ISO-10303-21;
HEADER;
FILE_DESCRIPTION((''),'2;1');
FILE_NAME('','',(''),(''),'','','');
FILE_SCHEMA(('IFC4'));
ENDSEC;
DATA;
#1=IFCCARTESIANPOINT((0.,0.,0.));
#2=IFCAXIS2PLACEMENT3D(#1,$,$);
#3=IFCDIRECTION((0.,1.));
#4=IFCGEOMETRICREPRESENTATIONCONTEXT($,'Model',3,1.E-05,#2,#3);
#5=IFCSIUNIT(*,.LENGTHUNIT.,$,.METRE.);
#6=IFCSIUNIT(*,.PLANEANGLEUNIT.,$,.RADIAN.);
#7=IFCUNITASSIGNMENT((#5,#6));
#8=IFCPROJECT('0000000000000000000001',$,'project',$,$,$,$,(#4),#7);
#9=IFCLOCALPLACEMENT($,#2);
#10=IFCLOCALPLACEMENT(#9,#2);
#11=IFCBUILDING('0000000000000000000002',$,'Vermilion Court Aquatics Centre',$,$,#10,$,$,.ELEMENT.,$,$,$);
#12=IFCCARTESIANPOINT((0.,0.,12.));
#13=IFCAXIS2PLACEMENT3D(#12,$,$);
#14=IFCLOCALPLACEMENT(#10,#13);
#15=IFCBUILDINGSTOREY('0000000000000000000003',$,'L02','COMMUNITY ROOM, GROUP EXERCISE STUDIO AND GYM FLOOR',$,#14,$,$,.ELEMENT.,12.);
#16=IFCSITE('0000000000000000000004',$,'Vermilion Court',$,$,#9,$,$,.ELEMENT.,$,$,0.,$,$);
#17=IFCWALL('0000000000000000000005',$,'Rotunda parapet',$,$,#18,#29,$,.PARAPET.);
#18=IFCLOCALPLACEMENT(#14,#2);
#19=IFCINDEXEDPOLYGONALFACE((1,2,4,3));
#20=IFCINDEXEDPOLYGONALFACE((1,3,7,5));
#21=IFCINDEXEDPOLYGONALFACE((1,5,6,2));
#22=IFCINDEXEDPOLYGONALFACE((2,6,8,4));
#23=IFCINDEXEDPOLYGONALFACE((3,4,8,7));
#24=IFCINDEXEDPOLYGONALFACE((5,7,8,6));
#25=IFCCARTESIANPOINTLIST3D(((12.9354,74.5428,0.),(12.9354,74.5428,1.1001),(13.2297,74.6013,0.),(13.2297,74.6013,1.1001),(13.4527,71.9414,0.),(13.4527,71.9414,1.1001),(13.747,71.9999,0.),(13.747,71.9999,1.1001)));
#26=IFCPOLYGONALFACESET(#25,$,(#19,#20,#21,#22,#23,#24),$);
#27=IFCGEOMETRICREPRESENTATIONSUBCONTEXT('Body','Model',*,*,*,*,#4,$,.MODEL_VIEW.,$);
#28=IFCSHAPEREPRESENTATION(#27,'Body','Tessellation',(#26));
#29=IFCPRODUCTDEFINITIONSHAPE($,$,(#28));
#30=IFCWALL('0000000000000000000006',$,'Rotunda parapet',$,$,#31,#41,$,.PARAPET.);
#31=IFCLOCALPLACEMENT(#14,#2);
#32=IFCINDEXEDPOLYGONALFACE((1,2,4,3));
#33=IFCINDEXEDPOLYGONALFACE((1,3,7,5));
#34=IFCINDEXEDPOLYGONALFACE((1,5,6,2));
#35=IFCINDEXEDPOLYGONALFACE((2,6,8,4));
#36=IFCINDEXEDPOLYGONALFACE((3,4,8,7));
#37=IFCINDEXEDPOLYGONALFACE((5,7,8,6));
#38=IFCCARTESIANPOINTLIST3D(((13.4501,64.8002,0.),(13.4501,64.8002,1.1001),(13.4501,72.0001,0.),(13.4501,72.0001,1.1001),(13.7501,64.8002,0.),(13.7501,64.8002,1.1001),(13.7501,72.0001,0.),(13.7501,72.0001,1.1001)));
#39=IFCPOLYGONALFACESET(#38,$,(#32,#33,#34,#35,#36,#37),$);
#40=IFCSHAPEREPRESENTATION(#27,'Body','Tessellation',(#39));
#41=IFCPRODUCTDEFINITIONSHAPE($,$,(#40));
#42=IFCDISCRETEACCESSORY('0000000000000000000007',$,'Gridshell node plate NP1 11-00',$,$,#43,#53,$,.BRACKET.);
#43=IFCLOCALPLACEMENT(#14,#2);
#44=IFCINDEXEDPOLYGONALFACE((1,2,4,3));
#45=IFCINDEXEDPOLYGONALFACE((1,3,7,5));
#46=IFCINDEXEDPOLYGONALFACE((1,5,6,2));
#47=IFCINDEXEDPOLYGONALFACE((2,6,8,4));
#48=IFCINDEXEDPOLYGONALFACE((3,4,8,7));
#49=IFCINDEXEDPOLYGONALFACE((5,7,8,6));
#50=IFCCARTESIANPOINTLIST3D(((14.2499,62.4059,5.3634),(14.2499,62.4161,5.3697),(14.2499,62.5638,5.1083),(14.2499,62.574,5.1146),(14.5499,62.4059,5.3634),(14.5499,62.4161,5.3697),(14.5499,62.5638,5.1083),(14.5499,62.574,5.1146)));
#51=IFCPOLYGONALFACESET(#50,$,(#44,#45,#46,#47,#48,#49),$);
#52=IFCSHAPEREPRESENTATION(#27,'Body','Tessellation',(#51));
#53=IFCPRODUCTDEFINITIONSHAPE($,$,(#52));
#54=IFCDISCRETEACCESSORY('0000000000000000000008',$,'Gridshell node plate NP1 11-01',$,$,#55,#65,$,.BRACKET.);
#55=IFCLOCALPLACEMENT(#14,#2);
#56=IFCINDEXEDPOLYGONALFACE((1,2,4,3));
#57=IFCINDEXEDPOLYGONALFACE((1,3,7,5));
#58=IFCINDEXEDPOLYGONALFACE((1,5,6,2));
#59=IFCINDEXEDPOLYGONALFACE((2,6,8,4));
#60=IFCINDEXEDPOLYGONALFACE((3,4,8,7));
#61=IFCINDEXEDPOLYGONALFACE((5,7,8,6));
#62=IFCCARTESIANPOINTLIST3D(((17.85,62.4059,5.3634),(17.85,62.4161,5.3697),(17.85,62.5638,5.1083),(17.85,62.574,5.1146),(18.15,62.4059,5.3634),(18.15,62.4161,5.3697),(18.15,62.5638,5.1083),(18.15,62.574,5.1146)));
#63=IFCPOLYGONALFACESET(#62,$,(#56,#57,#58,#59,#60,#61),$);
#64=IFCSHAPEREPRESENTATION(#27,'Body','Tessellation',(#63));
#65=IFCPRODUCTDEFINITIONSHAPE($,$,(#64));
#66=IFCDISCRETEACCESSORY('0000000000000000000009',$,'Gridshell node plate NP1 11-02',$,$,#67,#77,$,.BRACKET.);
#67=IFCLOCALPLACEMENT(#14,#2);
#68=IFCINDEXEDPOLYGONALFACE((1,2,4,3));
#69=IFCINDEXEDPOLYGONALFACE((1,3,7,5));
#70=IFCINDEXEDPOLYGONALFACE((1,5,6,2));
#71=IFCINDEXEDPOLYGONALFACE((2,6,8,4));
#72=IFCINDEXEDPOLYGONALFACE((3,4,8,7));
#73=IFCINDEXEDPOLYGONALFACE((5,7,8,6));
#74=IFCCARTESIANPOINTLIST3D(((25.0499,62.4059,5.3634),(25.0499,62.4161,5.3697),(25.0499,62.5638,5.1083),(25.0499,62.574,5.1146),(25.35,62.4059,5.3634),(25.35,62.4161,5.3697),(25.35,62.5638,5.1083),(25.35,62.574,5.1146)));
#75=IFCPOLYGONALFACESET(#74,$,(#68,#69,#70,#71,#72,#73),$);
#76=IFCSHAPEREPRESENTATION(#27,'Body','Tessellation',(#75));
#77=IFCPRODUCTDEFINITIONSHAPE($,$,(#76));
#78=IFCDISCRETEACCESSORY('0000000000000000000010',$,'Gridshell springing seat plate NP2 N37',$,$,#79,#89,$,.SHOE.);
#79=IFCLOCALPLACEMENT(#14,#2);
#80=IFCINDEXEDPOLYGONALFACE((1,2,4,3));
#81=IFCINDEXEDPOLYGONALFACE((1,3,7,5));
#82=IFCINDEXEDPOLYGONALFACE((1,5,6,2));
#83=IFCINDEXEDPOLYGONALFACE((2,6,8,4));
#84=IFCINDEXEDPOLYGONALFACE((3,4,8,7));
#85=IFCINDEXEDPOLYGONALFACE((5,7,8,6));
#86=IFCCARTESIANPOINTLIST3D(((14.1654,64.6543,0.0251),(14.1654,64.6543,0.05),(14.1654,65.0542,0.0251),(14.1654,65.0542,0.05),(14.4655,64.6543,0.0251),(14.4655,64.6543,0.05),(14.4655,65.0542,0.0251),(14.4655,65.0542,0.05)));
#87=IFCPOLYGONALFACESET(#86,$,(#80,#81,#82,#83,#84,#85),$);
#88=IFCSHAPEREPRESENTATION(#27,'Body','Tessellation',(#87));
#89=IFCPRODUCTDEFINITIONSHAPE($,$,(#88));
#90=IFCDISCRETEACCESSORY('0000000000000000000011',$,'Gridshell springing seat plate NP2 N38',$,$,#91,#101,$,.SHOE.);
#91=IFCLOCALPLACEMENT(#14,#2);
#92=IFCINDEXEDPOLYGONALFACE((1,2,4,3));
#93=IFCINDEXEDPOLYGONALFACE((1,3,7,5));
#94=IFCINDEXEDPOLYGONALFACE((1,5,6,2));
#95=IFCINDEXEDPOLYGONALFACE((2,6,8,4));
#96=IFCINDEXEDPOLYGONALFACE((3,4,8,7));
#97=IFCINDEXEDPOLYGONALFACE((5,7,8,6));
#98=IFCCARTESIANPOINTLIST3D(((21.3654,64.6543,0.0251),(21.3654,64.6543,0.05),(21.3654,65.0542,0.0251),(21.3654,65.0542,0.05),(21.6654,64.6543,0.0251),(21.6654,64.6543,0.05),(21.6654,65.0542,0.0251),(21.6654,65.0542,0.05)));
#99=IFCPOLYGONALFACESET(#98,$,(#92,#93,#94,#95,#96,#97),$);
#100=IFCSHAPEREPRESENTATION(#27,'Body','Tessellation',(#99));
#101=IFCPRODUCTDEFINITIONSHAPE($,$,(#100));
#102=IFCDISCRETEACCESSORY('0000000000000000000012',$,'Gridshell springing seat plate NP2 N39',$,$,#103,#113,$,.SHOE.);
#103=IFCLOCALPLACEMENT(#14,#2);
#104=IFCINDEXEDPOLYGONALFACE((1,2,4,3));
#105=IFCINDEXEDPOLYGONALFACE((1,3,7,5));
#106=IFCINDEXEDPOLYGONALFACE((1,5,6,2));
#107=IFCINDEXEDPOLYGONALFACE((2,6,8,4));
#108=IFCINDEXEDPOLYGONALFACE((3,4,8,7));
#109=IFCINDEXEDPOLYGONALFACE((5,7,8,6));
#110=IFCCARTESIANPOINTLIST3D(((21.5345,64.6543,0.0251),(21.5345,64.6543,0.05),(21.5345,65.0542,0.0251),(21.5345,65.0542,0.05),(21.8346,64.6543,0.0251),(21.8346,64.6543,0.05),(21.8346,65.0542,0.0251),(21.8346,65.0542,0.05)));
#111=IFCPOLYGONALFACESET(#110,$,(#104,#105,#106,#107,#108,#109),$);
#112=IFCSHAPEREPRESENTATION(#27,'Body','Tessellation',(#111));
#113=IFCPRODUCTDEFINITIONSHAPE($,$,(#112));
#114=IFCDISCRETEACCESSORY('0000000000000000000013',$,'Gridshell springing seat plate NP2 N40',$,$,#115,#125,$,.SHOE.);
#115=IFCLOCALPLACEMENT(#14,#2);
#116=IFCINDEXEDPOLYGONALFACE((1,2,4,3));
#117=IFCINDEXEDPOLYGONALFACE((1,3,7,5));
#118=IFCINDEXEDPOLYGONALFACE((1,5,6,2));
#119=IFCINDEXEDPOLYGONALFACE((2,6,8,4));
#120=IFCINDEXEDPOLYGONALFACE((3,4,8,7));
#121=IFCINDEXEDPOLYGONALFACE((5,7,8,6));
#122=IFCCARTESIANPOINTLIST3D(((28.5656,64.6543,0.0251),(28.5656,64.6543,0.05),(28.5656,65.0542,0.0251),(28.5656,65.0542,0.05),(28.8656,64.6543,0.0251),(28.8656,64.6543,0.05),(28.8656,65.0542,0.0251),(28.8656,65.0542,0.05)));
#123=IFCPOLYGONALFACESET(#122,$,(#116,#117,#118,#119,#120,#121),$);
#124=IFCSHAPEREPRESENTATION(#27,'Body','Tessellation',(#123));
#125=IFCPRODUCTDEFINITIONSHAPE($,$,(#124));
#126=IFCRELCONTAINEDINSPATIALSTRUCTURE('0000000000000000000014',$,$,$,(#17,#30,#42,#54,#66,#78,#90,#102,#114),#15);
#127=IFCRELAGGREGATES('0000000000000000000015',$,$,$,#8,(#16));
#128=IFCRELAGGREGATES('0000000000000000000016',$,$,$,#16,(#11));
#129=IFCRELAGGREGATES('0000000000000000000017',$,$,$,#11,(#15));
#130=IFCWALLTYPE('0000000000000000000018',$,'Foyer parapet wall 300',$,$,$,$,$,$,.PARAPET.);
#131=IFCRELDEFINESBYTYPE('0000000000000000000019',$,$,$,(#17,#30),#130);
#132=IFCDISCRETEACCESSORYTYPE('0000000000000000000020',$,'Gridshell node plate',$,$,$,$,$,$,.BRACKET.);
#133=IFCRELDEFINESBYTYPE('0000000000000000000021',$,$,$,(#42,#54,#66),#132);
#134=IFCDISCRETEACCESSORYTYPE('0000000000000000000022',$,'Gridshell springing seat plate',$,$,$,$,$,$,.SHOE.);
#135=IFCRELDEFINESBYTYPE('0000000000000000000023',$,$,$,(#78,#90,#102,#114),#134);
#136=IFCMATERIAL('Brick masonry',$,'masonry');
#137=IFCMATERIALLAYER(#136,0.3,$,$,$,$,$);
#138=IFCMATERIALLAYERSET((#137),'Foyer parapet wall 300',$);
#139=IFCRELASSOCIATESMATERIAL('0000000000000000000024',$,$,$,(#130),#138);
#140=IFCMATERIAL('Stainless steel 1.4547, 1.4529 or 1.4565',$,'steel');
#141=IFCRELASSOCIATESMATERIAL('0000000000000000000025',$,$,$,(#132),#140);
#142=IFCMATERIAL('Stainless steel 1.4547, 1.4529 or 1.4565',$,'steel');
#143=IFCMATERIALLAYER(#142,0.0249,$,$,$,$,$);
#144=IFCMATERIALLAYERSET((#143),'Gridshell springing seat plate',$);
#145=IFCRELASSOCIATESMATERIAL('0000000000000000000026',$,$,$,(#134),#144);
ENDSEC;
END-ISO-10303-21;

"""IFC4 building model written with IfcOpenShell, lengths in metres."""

from ifc_helpers import new_model, si_unit, direction, frame, frame_2d, origin, origin_2d, place, context, subcontext, project, spatial, rectangle, extrude, material, layer, layer_set, material_profile, profile_set, type_object, element, save


model = new_model("IFC4")

# Units and contexts
model_context = context("Model", 3, precision=1e-05, world=origin(), true_north=direction((0.0, 1.0)))
body_context = subcontext(model_context, "Body", "Model", "MODEL_VIEW")
ifc_project = project(units=[si_unit("LENGTHUNIT", "METRE"), si_unit("PLANEANGLEUNIT", "RADIAN")], contexts=[model_context])

# Site, building, storey
site_placement = place(None, origin())
site = spatial("IfcSite", under=ifc_project, at=site_placement, Name="Vermilion Court", CompositionType="ELEMENT", RefElevation=0.0)
building_placement = place(site_placement, origin())
building = spatial("IfcBuilding", under=site, at=building_placement, Name="Vermilion Court Aquatics Centre", CompositionType="ELEMENT")
storey_placement = place(building_placement, frame((0.0, 0.0, 12.0)))
storey = spatial("IfcBuildingStorey", under=building, at=storey_placement, Name="L02", Description="COMMUNITY ROOM, GROUP EXERCISE STUDIO AND GYM FLOOR", CompositionType="ELEMENT", Elevation=12.0)

# Walls
ifc_material_1 = material(Name="Brick masonry", Category="masonry")
ifc_layer_1 = layer(ifc_material_1, 0.3)
ifc_layer_set_1 = layer_set([ifc_layer_1], Name="Foyer parapet wall 300")
wall_type_1 = type_object("IfcWallType", Name="Foyer parapet wall 300", PredefinedType="PARAPET", material=ifc_layer_set_1)
wall_1_placement = place(storey_placement, frame((13.0825, 74.572, 0.0), z_axis=(0.0, 0.0, 1.0), x_axis=(0.195054, -0.980793, 0.0)))
element("IfcWall", 1, at=wall_1_placement, inside=storey, type_object=wall_type_1, Name="Rotunda parapet", PredefinedType="PARAPET", context=body_context, shape_type="SweptSolid", body=[
    extrude(rectangle(XDim=2.6523, YDim=0.3, at=frame_2d((1.3262, 0.0))), origin(), (0.0, 0.0, 1.0), 1.1001),
])
wall_2_placement = place(storey_placement, frame((13.6001, 64.8, 0.0), z_axis=(0.0, 0.0, 1.0), x_axis=(0.0, 1.0, 0.0)))
element("IfcWall", 2, at=wall_2_placement, inside=storey, type_object=wall_type_1, Name="Rotunda parapet", PredefinedType="PARAPET", context=body_context, shape_type="SweptSolid", body=[
    extrude(rectangle(XDim=7.2, YDim=0.3, at=frame_2d((3.6001, 0.0))), origin(), (0.0, 0.0, 1.0), 1.1001),
])

# Discrete accessories
ifc_material_2 = material(Name="Stainless steel 1.4547, 1.4529 or 1.4565", Category="steel")
ifc_material_profile_1 = material_profile(ifc_material_2, rectangle(XDim=0.3, YDim=0.3, at=origin_2d()), Name="PL 12 x 300 x 300")
ifc_profile_set_1 = profile_set([ifc_material_profile_1], Name="Stainless steel 1.4547, 1.4529 or 1.4565")
discrete_accessory_type_1 = type_object("IfcDiscreteAccessoryType", Name="Gridshell node plate", PredefinedType="BRACKET", material=ifc_profile_set_1)
for number, where, z_axis, x_axis, name in (
    (3, (14.3999, 62.4849, 5.2358), (0.0, 0.850265, 0.526355), (-1.0, 0.0, 0.0), "Gridshell node plate NP1 11-00"),
    (4, (18.0, 62.4849, 5.2358), (0.0, 0.850265, 0.526355), (-1.0, 0.0, 0.0), "Gridshell node plate NP1 11-01"),
    (5, (25.2, 62.4849, 5.2358), (0.0, 0.850265, 0.526355), (-1.0, 0.0, 0.0), "Gridshell node plate NP1 11-02"),
):
    element("IfcDiscreteAccessory", number, at=place(storey_placement, frame(where, z_axis=z_axis, x_axis=x_axis)), inside=storey, type_object=discrete_accessory_type_1, Name=name, PredefinedType="BRACKET", context=body_context, shape_type="SweptSolid", body=[
        extrude(rectangle(XDim=0.3, YDim=0.3, at=origin_2d()), origin(), (0.0, 0.0, 1.0), 0.012),
    ])
ifc_material_3 = material(Name="Stainless steel 1.4547, 1.4529 or 1.4565", Category="steel")
ifc_layer_2 = layer(ifc_material_3, 0.0249)
ifc_layer_set_2 = layer_set([ifc_layer_2], Name="Gridshell springing seat plate")
discrete_accessory_type_2 = type_object("IfcDiscreteAccessoryType", Name="Gridshell springing seat plate", PredefinedType="SHOE", material=ifc_layer_set_2)
for number, where, z_axis, x_axis, name in (
    (6, (14.3154, 64.8542, 0.0251), (0.0, 0.0, 1.0), (1.0, 0.0, 0.0), "Gridshell springing seat plate NP2 N37"),
    (7, (21.5154, 64.8542, 0.0251), (0.0, 0.0, 1.0), (1.0, 0.0, 0.0), "Gridshell springing seat plate NP2 N38"),
    (8, (21.6846, 64.8542, 0.0251), (0.0, 0.0, 1.0), (1.0, 0.0, 0.0), "Gridshell springing seat plate NP2 N39"),
    (9, (28.7156, 64.8542, 0.0251), (0.0, 0.0, 1.0), (1.0, 0.0, 0.0), "Gridshell springing seat plate NP2 N40"),
):
    element("IfcDiscreteAccessory", number, at=place(storey_placement, frame(where, z_axis=z_axis, x_axis=x_axis)), inside=storey, type_object=discrete_accessory_type_2, Name=name, PredefinedType="SHOE", context=body_context, shape_type="SweptSolid", body=[
        extrude(rectangle(XDim=0.3, YDim=0.3999, at=origin_2d()), origin(), (0.0, 0.0, 1.0), 0.0249),
    ])

save(model, "model.ifc")
